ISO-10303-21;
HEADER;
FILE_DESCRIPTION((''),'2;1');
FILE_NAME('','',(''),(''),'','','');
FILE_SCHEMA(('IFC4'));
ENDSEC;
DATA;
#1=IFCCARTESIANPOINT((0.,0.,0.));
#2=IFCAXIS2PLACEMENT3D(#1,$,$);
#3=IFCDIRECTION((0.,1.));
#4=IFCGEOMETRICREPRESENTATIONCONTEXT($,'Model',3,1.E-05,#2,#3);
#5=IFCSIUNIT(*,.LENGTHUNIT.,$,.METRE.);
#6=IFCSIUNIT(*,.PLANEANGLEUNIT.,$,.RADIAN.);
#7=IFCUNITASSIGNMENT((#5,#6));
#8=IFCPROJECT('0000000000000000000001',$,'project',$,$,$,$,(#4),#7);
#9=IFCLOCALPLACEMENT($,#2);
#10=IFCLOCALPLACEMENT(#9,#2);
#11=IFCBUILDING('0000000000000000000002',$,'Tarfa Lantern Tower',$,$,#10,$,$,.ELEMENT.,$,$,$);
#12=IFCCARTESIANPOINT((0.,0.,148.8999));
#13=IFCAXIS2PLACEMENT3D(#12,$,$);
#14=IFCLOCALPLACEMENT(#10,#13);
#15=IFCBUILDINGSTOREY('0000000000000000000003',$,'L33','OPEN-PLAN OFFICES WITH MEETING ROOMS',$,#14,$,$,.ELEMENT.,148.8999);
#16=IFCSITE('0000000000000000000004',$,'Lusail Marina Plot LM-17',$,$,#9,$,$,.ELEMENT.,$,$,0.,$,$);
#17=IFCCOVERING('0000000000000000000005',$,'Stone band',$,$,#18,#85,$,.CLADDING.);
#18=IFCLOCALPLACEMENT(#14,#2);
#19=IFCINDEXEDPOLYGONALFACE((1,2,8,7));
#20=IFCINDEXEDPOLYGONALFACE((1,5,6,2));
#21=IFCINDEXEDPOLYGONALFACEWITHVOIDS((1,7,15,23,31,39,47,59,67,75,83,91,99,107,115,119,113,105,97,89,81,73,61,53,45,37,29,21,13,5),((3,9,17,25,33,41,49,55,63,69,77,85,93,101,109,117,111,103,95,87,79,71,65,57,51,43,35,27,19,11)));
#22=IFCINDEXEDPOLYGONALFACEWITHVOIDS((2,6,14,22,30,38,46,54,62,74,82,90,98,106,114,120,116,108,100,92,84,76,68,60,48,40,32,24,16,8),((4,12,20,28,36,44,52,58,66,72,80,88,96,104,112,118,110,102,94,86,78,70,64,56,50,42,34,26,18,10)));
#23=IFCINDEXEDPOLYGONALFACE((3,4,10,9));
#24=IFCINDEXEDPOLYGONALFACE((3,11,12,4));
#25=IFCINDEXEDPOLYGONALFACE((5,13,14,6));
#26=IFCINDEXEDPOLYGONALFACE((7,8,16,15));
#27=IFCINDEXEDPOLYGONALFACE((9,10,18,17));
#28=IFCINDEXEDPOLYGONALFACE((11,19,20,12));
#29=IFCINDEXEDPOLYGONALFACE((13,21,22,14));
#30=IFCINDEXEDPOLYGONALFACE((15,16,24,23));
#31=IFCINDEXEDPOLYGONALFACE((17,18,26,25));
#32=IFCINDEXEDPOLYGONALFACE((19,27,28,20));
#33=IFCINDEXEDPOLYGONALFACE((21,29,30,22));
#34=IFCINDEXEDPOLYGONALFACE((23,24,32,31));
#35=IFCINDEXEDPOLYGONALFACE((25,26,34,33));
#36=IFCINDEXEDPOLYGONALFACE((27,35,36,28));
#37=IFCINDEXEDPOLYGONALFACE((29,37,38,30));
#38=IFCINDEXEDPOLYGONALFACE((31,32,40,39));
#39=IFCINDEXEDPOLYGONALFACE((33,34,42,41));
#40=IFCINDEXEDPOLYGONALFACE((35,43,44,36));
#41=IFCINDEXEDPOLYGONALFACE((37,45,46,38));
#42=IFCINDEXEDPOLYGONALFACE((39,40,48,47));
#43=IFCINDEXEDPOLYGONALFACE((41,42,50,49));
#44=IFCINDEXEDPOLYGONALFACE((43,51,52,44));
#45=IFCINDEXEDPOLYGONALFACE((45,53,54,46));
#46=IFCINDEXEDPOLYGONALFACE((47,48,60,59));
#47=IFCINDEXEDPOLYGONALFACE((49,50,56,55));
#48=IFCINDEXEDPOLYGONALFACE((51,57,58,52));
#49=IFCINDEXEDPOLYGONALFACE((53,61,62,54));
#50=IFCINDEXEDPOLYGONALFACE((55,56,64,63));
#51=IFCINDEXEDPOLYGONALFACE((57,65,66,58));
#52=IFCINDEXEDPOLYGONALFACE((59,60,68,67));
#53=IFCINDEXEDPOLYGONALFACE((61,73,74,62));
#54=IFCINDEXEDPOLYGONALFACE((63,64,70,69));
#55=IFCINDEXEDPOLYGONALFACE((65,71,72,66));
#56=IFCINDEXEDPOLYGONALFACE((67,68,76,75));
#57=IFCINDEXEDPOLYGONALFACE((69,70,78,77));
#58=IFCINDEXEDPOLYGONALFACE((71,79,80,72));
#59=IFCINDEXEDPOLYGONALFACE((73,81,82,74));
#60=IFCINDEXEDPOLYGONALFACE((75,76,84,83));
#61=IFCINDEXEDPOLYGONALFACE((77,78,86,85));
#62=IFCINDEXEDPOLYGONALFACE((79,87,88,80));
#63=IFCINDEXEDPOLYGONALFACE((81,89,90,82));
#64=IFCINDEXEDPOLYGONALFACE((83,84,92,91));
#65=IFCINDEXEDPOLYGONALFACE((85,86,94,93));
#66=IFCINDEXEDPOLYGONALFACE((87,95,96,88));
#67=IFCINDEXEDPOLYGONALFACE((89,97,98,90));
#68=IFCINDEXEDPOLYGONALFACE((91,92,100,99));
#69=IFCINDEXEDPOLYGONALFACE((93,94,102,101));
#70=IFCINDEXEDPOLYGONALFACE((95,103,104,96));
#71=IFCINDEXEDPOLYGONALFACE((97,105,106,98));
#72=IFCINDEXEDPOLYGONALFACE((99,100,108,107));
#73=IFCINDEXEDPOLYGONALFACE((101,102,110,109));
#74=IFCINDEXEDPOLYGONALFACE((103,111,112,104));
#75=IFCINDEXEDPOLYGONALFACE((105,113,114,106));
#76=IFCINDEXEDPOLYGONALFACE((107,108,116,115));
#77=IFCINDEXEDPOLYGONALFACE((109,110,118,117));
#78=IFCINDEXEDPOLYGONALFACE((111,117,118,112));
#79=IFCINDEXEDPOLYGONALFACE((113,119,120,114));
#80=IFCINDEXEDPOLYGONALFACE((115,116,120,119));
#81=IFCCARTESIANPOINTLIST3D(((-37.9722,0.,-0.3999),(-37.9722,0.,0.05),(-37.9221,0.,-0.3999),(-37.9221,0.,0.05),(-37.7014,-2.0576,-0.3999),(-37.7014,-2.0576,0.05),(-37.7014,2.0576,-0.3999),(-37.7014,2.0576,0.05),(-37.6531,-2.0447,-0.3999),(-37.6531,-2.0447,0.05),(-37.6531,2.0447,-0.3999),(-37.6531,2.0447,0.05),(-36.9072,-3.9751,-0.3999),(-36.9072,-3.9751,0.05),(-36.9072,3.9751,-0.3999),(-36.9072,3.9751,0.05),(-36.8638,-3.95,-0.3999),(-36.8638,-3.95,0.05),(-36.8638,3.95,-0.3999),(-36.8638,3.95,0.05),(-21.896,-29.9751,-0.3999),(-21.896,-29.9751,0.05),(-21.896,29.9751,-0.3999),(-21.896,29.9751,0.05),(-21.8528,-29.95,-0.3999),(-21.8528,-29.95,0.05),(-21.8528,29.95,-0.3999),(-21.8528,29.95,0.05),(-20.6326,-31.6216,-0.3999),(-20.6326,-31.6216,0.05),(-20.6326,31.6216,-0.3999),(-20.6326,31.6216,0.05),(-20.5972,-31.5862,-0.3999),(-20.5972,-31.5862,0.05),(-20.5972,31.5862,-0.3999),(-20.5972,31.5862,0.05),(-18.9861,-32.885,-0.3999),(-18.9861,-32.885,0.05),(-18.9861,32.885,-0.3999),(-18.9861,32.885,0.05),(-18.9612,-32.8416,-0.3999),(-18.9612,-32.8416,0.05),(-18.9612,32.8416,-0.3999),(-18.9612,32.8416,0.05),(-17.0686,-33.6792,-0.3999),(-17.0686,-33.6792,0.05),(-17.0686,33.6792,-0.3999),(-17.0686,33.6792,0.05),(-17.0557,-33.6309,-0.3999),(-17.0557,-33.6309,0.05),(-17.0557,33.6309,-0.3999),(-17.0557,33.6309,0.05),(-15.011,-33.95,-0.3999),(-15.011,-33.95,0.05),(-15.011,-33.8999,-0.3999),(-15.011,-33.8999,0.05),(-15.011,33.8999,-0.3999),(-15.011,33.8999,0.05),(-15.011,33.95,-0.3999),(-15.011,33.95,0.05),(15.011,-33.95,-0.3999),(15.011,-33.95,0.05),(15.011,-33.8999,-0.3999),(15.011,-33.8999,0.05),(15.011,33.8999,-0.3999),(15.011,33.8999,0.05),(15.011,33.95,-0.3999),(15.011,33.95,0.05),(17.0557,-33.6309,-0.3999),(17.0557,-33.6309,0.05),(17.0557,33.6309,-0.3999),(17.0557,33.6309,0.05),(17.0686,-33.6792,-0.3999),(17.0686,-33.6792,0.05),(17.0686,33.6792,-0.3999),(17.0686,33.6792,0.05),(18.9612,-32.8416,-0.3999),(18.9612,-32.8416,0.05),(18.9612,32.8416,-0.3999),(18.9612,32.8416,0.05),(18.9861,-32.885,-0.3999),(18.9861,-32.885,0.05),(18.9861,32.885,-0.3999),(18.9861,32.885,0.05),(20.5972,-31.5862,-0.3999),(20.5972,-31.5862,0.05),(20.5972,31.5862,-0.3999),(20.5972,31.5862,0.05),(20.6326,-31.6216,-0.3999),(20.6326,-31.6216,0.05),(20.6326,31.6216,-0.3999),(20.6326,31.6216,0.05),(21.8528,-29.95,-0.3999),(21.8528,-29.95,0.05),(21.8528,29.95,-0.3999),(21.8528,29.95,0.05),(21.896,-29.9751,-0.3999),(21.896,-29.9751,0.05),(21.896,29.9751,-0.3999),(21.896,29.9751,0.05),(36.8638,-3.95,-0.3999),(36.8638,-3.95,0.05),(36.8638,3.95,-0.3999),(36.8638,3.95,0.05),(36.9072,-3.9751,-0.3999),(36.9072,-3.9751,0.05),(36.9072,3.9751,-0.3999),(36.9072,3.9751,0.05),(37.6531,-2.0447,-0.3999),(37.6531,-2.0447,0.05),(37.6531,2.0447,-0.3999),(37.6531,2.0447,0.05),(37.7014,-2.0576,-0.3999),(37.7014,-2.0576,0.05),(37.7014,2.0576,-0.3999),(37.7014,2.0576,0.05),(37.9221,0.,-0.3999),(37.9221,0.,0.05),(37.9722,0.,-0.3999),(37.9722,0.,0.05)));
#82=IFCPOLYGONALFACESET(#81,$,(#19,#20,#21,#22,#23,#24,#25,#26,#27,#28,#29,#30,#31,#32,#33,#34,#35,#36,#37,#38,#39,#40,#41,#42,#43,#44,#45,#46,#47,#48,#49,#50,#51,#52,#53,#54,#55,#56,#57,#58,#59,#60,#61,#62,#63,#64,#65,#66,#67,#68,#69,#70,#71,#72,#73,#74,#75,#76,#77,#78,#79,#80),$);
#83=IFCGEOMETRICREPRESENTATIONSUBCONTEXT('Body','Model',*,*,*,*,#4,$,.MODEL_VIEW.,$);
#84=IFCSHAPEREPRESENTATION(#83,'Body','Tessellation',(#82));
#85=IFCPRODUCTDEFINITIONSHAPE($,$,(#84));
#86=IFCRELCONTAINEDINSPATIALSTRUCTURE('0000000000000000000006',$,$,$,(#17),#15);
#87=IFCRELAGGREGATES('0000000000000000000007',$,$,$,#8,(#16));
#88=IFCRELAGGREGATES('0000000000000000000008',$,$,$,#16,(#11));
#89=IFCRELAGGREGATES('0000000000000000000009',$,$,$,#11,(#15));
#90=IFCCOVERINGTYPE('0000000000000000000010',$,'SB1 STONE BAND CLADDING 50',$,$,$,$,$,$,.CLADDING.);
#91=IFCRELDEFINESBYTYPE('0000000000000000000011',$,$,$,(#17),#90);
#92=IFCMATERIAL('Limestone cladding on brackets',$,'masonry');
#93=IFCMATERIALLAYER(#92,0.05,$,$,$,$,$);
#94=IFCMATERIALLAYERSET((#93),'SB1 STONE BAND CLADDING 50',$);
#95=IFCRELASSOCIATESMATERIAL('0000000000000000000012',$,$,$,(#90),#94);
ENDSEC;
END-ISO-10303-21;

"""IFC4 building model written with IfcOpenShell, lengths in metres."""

from ifc_helpers import new_model, si_unit, direction, frame, origin, place, context, subcontext, project, spatial, polyline, outline, extrude, material, layer, layer_set, type_object, element, save


model = new_model("IFC4")

# Units and contexts
model_context = context("Model", 3, precision=1e-05, world=origin(), true_north=direction((0.0, 1.0)))
body_context = subcontext(model_context, "Body", "Model", "MODEL_VIEW")
ifc_project = project(units=[si_unit("LENGTHUNIT", "METRE"), si_unit("PLANEANGLEUNIT", "RADIAN")], contexts=[model_context])

# Site, building, storey
site_placement = place(None, origin())
site = spatial("IfcSite", under=ifc_project, at=site_placement, Name="Lusail Marina Plot LM-17", CompositionType="ELEMENT", RefElevation=0.0)
building_placement = place(site_placement, origin())
building = spatial("IfcBuilding", under=site, at=building_placement, Name="Tarfa Lantern Tower", CompositionType="ELEMENT")
storey_placement = place(building_placement, frame((0.0, 0.0, 148.8999)))
storey = spatial("IfcBuildingStorey", under=building, at=storey_placement, Name="L33", Description="OPEN-PLAN OFFICES WITH MEETING ROOMS", CompositionType="ELEMENT", Elevation=148.8999)

# Covering
ifc_material_1 = material(Name="Limestone cladding on brackets", Category="masonry")
ifc_layer_1 = layer(ifc_material_1, 0.05)
ifc_layer_set_1 = layer_set([ifc_layer_1], Name="SB1 STONE BAND CLADDING 50")
covering_type_1 = type_object("IfcCoveringType", Name="SB1 STONE BAND CLADDING 50", PredefinedType="CLADDING", material=ifc_layer_set_1)
covering_1_placement = place(storey_placement, frame((0.0, 0.0, -0.3999)))
element("IfcCovering", 1, at=covering_1_placement, inside=storey, type_object=covering_type_1, Name="Stone band", PredefinedType="CLADDING", context=body_context, shape_type="SweptSolid", body=[
    extrude(outline(polyline([(36.9072, 3.9751), (21.896, 29.9751), (20.6326, 31.6216), (18.9861, 32.885), (17.0686, 33.6792), (15.011, 33.95), (-15.011, 33.95), (-17.0686, 33.6792), (-18.9861, 32.885), (-20.6326, 31.6216), (-21.896, 29.9751), (-36.9072, 3.9751), (-37.7014, 2.0576), (-37.9722, 0.0), (-37.7014, -2.0576), (-36.9072, -3.9751), (-21.896, -29.9751), (-20.6326, -31.6216), (-18.9861, -32.885), (-17.0686, -33.6792), (-15.011, -33.95), (15.011, -33.95), (17.0686, -33.6792), (18.9861, -32.885), (20.6326, -31.6216), (21.896, -29.9751), (36.9072, -3.9751), (37.7014, -2.0576), (37.9722, 0.0), (37.7014, 2.0576), (36.9072, 3.9751)]), holes=[polyline([(36.8638, 3.95), (21.8528, 29.95), (20.5972, 31.5862), (18.9612, 32.8416), (17.0557, 33.6309), (15.011, 33.8999), (-15.011, 33.8999), (-17.0557, 33.6309), (-18.9612, 32.8416), (-20.5972, 31.5862), (-21.8528, 29.95), (-36.8638, 3.95), (-37.6531, 2.0447), (-37.9221, 0.0), (-37.6531, -2.0447), (-36.8638, -3.95), (-21.8528, -29.95), (-20.5972, -31.5862), (-18.9612, -32.8416), (-17.0557, -33.6309), (-15.011, -33.8999), (15.011, -33.8999), (17.0557, -33.6309), (18.9612, -32.8416), (20.5972, -31.5862), (21.8528, -29.95), (36.8638, -3.95), (37.6531, -2.0447), (37.9221, 0.0), (37.6531, 2.0447), (36.8638, 3.95)])]), origin(), (0.0, 0.0, 1.0), 0.45),
])

save(model, "model.ifc")
